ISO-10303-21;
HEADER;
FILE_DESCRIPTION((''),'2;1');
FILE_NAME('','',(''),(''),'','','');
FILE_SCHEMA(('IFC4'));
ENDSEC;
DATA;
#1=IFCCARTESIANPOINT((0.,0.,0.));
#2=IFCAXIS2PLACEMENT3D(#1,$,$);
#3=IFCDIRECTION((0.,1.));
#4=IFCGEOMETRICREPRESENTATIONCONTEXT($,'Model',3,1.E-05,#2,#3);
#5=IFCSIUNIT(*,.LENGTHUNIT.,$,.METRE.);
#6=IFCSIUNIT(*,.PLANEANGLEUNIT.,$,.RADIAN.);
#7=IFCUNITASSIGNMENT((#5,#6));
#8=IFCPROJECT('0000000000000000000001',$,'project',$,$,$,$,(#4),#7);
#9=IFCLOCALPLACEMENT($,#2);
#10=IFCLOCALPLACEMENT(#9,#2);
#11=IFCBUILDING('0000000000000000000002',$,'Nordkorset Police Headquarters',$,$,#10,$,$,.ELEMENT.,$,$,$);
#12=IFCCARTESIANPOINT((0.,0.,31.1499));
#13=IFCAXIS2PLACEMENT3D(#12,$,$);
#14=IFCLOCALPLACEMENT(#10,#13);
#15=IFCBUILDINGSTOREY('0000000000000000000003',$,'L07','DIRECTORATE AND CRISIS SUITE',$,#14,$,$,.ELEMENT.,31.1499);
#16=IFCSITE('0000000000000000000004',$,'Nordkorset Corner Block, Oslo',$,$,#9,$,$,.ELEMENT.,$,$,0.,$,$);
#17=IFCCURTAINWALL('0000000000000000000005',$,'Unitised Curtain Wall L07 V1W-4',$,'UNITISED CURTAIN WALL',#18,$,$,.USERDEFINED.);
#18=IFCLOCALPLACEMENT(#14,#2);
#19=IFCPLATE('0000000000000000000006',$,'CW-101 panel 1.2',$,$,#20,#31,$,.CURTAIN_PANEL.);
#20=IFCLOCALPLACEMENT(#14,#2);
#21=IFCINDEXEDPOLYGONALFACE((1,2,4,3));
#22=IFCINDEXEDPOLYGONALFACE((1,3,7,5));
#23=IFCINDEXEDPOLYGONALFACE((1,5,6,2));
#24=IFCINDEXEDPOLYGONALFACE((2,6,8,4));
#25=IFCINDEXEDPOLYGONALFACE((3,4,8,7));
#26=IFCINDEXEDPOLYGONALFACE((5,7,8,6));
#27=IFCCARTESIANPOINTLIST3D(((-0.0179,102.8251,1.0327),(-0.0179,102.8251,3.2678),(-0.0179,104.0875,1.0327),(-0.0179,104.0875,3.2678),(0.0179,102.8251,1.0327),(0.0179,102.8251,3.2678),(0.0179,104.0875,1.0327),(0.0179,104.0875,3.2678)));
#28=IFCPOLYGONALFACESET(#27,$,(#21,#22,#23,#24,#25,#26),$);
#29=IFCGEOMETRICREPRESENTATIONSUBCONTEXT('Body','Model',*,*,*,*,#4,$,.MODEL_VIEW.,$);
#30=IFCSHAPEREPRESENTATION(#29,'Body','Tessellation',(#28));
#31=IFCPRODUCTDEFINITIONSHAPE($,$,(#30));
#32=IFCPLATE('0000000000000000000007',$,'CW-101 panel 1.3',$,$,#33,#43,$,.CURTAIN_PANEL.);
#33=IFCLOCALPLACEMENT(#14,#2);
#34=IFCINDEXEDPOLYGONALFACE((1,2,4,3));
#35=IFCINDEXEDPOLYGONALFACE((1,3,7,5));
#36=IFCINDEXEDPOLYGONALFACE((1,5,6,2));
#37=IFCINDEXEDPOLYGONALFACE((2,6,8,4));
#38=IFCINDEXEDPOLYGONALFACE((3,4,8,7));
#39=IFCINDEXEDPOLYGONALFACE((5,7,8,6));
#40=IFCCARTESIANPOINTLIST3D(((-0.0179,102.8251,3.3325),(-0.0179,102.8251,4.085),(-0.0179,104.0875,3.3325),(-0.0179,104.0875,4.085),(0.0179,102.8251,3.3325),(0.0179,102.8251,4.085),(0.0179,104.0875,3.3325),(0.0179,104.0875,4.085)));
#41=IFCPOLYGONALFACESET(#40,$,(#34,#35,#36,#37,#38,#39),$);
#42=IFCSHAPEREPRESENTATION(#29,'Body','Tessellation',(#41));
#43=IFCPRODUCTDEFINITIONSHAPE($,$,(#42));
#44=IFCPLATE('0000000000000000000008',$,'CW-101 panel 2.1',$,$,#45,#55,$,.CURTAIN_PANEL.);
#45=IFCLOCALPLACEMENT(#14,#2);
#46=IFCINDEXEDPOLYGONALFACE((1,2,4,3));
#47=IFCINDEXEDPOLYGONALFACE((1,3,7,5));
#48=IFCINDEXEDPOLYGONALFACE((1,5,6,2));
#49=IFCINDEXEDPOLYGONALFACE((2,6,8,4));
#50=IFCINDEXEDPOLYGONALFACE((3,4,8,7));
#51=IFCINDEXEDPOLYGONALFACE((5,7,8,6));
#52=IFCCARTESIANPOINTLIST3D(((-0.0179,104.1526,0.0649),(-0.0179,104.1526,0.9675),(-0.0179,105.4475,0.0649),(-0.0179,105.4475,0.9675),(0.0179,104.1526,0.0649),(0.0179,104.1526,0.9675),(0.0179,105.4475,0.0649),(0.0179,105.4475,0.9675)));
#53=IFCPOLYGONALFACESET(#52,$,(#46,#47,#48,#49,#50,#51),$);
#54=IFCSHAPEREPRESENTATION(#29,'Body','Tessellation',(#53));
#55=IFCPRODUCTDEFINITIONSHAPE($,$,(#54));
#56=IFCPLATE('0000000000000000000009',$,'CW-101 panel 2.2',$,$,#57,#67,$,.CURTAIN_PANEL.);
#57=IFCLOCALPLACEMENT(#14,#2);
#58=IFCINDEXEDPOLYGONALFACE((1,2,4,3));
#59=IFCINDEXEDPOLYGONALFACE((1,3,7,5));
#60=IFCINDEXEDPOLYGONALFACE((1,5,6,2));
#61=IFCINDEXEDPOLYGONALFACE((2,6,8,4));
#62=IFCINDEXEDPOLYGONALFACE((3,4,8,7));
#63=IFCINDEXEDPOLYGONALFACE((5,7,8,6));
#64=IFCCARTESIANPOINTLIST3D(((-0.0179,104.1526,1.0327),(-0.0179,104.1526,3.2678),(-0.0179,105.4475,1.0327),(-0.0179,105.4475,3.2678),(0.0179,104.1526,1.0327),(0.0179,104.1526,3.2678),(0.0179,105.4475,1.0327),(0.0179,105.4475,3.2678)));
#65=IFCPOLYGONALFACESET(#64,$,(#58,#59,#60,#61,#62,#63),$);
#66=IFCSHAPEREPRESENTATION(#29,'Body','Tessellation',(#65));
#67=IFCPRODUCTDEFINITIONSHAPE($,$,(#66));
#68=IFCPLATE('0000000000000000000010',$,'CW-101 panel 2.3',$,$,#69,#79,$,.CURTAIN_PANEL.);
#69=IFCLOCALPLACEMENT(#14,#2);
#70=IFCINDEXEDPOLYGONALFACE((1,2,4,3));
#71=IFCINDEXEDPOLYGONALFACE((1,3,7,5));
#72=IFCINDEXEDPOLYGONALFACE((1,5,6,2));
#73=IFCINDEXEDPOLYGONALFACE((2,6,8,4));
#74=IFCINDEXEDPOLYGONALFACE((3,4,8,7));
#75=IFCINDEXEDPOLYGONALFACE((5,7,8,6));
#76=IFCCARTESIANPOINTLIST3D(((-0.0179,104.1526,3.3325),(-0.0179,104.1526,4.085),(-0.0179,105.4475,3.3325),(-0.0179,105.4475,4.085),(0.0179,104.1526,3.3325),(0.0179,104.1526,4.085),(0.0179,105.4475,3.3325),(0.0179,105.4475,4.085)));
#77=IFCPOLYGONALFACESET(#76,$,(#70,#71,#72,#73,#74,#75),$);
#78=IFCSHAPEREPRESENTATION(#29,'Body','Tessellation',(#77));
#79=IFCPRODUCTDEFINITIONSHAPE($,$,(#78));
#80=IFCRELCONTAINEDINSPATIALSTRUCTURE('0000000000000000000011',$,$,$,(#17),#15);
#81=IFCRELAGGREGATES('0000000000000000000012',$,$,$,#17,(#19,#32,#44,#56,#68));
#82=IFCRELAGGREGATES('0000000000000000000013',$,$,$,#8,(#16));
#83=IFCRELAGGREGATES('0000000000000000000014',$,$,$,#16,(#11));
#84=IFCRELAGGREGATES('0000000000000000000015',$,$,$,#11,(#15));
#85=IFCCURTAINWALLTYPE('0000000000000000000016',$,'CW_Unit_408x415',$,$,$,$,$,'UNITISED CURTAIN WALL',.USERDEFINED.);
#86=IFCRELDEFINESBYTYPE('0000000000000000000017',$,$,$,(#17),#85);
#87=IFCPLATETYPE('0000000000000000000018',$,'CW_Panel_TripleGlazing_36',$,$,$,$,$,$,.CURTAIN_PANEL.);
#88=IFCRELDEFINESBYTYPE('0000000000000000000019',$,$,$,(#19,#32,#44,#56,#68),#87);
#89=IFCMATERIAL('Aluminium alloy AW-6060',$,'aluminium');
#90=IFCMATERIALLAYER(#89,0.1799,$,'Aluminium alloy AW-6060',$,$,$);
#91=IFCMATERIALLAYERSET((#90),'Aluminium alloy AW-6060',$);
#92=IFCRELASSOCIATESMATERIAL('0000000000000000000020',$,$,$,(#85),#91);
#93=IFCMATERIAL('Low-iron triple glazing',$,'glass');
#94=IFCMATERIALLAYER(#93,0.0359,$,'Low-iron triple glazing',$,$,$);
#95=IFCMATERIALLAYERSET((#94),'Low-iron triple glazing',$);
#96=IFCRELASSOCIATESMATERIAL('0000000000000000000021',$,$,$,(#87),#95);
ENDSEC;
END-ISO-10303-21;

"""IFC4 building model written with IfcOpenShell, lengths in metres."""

from ifc_helpers import new_model, si_unit, direction, frame, origin, origin_2d, place, context, subcontext, project, spatial, rectangle, extrude, material, layer, layer_set, type_object, element, aggregate, save


model = new_model("IFC4")

# Units and contexts
model_context = context("Model", 3, precision=1e-05, world=origin(), true_north=direction((0.0, 1.0)))
body_context = subcontext(model_context, "Body", "Model", "MODEL_VIEW")
ifc_project = project(units=[si_unit("LENGTHUNIT", "METRE"), si_unit("PLANEANGLEUNIT", "RADIAN")], contexts=[model_context])

# Site, building, storey
site_placement = place(None, origin())
site = spatial("IfcSite", under=ifc_project, at=site_placement, Name="Nordkorset Corner Block, Oslo", CompositionType="ELEMENT", RefElevation=0.0)
building_placement = place(site_placement, origin())
building = spatial("IfcBuilding", under=site, at=building_placement, Name="Nordkorset Police Headquarters", CompositionType="ELEMENT")
storey_placement = place(building_placement, frame((0.0, 0.0, 31.1499)))
storey = spatial("IfcBuildingStorey", under=building, at=storey_placement, Name="L07", Description="DIRECTORATE AND CRISIS SUITE", CompositionType="ELEMENT", Elevation=31.1499)

# Shared definitions
ifc_material_1 = material(Name="Aluminium alloy AW-6060", Category="aluminium")
ifc_layer_1 = layer(ifc_material_1, 0.1799, Name="Aluminium alloy AW-6060")
ifc_layer_set_1 = layer_set([ifc_layer_1], Name="Aluminium alloy AW-6060")
curtain_wall_type = type_object("IfcCurtainWallType", Name="CW_Unit_408x415", ElementType="UNITISED CURTAIN WALL", PredefinedType="USERDEFINED", material=ifc_layer_set_1)

# Curtain wall
curtain_wall_1_placement = place(storey_placement, origin())
curtain_wall_1 = element("IfcCurtainWall", 1, at=curtain_wall_1_placement, inside=storey, type_object=curtain_wall_type, Name="Unitised Curtain Wall L07 V1W-4", ObjectType="UNITISED CURTAIN WALL", PredefinedType="USERDEFINED")

# Plates
ifc_material_2 = material(Name="Low-iron triple glazing", Category="glass")
ifc_layer_2 = layer(ifc_material_2, 0.0359, Name="Low-iron triple glazing")
ifc_layer_set_2 = layer_set([ifc_layer_2], Name="Low-iron triple glazing")
plate_type = type_object("IfcPlateType", Name="CW_Panel_TripleGlazing_36", PredefinedType="CURTAIN_PANEL", material=ifc_layer_set_2)
plate_1_placement = place(storey_placement, frame((0.0, 103.4563, 1.0327), z_axis=(0.0, 0.0, 1.0), x_axis=(0.0, 1.0, 0.0)))
plate_1 = element("IfcPlate", 2, at=plate_1_placement, type_object=plate_type, Name="CW-101 panel 1.2", PredefinedType="CURTAIN_PANEL", context=body_context, shape_type="SweptSolid", body=[
    extrude(rectangle(XDim=1.2625, YDim=0.0359, at=origin_2d()), origin(), (0.0, 0.0, 1.0), 2.2351),
])
plate_2_placement = place(storey_placement, frame((0.0, 103.4563, 3.3325), z_axis=(0.0, 0.0, 1.0), x_axis=(0.0, 1.0, 0.0)))
plate_2 = element("IfcPlate", 3, at=plate_2_placement, type_object=plate_type, Name="CW-101 panel 1.3", PredefinedType="CURTAIN_PANEL", context=body_context, shape_type="SweptSolid", body=[
    extrude(rectangle(XDim=1.2625, YDim=0.0359, at=origin_2d()), origin(), (0.0, 0.0, 1.0), 0.7524),
])
plate_3_placement = place(storey_placement, frame((0.0, 104.8, 0.0649), z_axis=(0.0, 0.0, 1.0), x_axis=(0.0, 1.0, 0.0)))
plate_3 = element("IfcPlate", 4, at=plate_3_placement, type_object=plate_type, Name="CW-101 panel 2.1", PredefinedType="CURTAIN_PANEL", context=body_context, shape_type="SweptSolid", body=[
    extrude(rectangle(XDim=1.2949, YDim=0.0359, at=origin_2d()), origin(), (0.0, 0.0, 1.0), 0.9026),
])
plate_4_placement = place(storey_placement, frame((0.0, 104.8, 1.0327), z_axis=(0.0, 0.0, 1.0), x_axis=(0.0, 1.0, 0.0)))
plate_4 = element("IfcPlate", 5, at=plate_4_placement, type_object=plate_type, Name="CW-101 panel 2.2", PredefinedType="CURTAIN_PANEL", context=body_context, shape_type="SweptSolid", body=[
    extrude(rectangle(XDim=1.2949, YDim=0.0359, at=origin_2d()), origin(), (0.0, 0.0, 1.0), 2.2351),
])
plate_5_placement = place(storey_placement, frame((0.0, 104.8, 3.3325), z_axis=(0.0, 0.0, 1.0), x_axis=(0.0, 1.0, 0.0)))
plate_5 = element("IfcPlate", 6, at=plate_5_placement, type_object=plate_type, Name="CW-101 panel 2.3", PredefinedType="CURTAIN_PANEL", context=body_context, shape_type="SweptSolid", body=[
    extrude(rectangle(XDim=1.2949, YDim=0.0359, at=origin_2d()), origin(), (0.0, 0.0, 1.0), 0.7524),
])
aggregate(curtain_wall_1, [plate_1, plate_2, plate_3, plate_4, plate_5])

save(model, "model.ifc")
